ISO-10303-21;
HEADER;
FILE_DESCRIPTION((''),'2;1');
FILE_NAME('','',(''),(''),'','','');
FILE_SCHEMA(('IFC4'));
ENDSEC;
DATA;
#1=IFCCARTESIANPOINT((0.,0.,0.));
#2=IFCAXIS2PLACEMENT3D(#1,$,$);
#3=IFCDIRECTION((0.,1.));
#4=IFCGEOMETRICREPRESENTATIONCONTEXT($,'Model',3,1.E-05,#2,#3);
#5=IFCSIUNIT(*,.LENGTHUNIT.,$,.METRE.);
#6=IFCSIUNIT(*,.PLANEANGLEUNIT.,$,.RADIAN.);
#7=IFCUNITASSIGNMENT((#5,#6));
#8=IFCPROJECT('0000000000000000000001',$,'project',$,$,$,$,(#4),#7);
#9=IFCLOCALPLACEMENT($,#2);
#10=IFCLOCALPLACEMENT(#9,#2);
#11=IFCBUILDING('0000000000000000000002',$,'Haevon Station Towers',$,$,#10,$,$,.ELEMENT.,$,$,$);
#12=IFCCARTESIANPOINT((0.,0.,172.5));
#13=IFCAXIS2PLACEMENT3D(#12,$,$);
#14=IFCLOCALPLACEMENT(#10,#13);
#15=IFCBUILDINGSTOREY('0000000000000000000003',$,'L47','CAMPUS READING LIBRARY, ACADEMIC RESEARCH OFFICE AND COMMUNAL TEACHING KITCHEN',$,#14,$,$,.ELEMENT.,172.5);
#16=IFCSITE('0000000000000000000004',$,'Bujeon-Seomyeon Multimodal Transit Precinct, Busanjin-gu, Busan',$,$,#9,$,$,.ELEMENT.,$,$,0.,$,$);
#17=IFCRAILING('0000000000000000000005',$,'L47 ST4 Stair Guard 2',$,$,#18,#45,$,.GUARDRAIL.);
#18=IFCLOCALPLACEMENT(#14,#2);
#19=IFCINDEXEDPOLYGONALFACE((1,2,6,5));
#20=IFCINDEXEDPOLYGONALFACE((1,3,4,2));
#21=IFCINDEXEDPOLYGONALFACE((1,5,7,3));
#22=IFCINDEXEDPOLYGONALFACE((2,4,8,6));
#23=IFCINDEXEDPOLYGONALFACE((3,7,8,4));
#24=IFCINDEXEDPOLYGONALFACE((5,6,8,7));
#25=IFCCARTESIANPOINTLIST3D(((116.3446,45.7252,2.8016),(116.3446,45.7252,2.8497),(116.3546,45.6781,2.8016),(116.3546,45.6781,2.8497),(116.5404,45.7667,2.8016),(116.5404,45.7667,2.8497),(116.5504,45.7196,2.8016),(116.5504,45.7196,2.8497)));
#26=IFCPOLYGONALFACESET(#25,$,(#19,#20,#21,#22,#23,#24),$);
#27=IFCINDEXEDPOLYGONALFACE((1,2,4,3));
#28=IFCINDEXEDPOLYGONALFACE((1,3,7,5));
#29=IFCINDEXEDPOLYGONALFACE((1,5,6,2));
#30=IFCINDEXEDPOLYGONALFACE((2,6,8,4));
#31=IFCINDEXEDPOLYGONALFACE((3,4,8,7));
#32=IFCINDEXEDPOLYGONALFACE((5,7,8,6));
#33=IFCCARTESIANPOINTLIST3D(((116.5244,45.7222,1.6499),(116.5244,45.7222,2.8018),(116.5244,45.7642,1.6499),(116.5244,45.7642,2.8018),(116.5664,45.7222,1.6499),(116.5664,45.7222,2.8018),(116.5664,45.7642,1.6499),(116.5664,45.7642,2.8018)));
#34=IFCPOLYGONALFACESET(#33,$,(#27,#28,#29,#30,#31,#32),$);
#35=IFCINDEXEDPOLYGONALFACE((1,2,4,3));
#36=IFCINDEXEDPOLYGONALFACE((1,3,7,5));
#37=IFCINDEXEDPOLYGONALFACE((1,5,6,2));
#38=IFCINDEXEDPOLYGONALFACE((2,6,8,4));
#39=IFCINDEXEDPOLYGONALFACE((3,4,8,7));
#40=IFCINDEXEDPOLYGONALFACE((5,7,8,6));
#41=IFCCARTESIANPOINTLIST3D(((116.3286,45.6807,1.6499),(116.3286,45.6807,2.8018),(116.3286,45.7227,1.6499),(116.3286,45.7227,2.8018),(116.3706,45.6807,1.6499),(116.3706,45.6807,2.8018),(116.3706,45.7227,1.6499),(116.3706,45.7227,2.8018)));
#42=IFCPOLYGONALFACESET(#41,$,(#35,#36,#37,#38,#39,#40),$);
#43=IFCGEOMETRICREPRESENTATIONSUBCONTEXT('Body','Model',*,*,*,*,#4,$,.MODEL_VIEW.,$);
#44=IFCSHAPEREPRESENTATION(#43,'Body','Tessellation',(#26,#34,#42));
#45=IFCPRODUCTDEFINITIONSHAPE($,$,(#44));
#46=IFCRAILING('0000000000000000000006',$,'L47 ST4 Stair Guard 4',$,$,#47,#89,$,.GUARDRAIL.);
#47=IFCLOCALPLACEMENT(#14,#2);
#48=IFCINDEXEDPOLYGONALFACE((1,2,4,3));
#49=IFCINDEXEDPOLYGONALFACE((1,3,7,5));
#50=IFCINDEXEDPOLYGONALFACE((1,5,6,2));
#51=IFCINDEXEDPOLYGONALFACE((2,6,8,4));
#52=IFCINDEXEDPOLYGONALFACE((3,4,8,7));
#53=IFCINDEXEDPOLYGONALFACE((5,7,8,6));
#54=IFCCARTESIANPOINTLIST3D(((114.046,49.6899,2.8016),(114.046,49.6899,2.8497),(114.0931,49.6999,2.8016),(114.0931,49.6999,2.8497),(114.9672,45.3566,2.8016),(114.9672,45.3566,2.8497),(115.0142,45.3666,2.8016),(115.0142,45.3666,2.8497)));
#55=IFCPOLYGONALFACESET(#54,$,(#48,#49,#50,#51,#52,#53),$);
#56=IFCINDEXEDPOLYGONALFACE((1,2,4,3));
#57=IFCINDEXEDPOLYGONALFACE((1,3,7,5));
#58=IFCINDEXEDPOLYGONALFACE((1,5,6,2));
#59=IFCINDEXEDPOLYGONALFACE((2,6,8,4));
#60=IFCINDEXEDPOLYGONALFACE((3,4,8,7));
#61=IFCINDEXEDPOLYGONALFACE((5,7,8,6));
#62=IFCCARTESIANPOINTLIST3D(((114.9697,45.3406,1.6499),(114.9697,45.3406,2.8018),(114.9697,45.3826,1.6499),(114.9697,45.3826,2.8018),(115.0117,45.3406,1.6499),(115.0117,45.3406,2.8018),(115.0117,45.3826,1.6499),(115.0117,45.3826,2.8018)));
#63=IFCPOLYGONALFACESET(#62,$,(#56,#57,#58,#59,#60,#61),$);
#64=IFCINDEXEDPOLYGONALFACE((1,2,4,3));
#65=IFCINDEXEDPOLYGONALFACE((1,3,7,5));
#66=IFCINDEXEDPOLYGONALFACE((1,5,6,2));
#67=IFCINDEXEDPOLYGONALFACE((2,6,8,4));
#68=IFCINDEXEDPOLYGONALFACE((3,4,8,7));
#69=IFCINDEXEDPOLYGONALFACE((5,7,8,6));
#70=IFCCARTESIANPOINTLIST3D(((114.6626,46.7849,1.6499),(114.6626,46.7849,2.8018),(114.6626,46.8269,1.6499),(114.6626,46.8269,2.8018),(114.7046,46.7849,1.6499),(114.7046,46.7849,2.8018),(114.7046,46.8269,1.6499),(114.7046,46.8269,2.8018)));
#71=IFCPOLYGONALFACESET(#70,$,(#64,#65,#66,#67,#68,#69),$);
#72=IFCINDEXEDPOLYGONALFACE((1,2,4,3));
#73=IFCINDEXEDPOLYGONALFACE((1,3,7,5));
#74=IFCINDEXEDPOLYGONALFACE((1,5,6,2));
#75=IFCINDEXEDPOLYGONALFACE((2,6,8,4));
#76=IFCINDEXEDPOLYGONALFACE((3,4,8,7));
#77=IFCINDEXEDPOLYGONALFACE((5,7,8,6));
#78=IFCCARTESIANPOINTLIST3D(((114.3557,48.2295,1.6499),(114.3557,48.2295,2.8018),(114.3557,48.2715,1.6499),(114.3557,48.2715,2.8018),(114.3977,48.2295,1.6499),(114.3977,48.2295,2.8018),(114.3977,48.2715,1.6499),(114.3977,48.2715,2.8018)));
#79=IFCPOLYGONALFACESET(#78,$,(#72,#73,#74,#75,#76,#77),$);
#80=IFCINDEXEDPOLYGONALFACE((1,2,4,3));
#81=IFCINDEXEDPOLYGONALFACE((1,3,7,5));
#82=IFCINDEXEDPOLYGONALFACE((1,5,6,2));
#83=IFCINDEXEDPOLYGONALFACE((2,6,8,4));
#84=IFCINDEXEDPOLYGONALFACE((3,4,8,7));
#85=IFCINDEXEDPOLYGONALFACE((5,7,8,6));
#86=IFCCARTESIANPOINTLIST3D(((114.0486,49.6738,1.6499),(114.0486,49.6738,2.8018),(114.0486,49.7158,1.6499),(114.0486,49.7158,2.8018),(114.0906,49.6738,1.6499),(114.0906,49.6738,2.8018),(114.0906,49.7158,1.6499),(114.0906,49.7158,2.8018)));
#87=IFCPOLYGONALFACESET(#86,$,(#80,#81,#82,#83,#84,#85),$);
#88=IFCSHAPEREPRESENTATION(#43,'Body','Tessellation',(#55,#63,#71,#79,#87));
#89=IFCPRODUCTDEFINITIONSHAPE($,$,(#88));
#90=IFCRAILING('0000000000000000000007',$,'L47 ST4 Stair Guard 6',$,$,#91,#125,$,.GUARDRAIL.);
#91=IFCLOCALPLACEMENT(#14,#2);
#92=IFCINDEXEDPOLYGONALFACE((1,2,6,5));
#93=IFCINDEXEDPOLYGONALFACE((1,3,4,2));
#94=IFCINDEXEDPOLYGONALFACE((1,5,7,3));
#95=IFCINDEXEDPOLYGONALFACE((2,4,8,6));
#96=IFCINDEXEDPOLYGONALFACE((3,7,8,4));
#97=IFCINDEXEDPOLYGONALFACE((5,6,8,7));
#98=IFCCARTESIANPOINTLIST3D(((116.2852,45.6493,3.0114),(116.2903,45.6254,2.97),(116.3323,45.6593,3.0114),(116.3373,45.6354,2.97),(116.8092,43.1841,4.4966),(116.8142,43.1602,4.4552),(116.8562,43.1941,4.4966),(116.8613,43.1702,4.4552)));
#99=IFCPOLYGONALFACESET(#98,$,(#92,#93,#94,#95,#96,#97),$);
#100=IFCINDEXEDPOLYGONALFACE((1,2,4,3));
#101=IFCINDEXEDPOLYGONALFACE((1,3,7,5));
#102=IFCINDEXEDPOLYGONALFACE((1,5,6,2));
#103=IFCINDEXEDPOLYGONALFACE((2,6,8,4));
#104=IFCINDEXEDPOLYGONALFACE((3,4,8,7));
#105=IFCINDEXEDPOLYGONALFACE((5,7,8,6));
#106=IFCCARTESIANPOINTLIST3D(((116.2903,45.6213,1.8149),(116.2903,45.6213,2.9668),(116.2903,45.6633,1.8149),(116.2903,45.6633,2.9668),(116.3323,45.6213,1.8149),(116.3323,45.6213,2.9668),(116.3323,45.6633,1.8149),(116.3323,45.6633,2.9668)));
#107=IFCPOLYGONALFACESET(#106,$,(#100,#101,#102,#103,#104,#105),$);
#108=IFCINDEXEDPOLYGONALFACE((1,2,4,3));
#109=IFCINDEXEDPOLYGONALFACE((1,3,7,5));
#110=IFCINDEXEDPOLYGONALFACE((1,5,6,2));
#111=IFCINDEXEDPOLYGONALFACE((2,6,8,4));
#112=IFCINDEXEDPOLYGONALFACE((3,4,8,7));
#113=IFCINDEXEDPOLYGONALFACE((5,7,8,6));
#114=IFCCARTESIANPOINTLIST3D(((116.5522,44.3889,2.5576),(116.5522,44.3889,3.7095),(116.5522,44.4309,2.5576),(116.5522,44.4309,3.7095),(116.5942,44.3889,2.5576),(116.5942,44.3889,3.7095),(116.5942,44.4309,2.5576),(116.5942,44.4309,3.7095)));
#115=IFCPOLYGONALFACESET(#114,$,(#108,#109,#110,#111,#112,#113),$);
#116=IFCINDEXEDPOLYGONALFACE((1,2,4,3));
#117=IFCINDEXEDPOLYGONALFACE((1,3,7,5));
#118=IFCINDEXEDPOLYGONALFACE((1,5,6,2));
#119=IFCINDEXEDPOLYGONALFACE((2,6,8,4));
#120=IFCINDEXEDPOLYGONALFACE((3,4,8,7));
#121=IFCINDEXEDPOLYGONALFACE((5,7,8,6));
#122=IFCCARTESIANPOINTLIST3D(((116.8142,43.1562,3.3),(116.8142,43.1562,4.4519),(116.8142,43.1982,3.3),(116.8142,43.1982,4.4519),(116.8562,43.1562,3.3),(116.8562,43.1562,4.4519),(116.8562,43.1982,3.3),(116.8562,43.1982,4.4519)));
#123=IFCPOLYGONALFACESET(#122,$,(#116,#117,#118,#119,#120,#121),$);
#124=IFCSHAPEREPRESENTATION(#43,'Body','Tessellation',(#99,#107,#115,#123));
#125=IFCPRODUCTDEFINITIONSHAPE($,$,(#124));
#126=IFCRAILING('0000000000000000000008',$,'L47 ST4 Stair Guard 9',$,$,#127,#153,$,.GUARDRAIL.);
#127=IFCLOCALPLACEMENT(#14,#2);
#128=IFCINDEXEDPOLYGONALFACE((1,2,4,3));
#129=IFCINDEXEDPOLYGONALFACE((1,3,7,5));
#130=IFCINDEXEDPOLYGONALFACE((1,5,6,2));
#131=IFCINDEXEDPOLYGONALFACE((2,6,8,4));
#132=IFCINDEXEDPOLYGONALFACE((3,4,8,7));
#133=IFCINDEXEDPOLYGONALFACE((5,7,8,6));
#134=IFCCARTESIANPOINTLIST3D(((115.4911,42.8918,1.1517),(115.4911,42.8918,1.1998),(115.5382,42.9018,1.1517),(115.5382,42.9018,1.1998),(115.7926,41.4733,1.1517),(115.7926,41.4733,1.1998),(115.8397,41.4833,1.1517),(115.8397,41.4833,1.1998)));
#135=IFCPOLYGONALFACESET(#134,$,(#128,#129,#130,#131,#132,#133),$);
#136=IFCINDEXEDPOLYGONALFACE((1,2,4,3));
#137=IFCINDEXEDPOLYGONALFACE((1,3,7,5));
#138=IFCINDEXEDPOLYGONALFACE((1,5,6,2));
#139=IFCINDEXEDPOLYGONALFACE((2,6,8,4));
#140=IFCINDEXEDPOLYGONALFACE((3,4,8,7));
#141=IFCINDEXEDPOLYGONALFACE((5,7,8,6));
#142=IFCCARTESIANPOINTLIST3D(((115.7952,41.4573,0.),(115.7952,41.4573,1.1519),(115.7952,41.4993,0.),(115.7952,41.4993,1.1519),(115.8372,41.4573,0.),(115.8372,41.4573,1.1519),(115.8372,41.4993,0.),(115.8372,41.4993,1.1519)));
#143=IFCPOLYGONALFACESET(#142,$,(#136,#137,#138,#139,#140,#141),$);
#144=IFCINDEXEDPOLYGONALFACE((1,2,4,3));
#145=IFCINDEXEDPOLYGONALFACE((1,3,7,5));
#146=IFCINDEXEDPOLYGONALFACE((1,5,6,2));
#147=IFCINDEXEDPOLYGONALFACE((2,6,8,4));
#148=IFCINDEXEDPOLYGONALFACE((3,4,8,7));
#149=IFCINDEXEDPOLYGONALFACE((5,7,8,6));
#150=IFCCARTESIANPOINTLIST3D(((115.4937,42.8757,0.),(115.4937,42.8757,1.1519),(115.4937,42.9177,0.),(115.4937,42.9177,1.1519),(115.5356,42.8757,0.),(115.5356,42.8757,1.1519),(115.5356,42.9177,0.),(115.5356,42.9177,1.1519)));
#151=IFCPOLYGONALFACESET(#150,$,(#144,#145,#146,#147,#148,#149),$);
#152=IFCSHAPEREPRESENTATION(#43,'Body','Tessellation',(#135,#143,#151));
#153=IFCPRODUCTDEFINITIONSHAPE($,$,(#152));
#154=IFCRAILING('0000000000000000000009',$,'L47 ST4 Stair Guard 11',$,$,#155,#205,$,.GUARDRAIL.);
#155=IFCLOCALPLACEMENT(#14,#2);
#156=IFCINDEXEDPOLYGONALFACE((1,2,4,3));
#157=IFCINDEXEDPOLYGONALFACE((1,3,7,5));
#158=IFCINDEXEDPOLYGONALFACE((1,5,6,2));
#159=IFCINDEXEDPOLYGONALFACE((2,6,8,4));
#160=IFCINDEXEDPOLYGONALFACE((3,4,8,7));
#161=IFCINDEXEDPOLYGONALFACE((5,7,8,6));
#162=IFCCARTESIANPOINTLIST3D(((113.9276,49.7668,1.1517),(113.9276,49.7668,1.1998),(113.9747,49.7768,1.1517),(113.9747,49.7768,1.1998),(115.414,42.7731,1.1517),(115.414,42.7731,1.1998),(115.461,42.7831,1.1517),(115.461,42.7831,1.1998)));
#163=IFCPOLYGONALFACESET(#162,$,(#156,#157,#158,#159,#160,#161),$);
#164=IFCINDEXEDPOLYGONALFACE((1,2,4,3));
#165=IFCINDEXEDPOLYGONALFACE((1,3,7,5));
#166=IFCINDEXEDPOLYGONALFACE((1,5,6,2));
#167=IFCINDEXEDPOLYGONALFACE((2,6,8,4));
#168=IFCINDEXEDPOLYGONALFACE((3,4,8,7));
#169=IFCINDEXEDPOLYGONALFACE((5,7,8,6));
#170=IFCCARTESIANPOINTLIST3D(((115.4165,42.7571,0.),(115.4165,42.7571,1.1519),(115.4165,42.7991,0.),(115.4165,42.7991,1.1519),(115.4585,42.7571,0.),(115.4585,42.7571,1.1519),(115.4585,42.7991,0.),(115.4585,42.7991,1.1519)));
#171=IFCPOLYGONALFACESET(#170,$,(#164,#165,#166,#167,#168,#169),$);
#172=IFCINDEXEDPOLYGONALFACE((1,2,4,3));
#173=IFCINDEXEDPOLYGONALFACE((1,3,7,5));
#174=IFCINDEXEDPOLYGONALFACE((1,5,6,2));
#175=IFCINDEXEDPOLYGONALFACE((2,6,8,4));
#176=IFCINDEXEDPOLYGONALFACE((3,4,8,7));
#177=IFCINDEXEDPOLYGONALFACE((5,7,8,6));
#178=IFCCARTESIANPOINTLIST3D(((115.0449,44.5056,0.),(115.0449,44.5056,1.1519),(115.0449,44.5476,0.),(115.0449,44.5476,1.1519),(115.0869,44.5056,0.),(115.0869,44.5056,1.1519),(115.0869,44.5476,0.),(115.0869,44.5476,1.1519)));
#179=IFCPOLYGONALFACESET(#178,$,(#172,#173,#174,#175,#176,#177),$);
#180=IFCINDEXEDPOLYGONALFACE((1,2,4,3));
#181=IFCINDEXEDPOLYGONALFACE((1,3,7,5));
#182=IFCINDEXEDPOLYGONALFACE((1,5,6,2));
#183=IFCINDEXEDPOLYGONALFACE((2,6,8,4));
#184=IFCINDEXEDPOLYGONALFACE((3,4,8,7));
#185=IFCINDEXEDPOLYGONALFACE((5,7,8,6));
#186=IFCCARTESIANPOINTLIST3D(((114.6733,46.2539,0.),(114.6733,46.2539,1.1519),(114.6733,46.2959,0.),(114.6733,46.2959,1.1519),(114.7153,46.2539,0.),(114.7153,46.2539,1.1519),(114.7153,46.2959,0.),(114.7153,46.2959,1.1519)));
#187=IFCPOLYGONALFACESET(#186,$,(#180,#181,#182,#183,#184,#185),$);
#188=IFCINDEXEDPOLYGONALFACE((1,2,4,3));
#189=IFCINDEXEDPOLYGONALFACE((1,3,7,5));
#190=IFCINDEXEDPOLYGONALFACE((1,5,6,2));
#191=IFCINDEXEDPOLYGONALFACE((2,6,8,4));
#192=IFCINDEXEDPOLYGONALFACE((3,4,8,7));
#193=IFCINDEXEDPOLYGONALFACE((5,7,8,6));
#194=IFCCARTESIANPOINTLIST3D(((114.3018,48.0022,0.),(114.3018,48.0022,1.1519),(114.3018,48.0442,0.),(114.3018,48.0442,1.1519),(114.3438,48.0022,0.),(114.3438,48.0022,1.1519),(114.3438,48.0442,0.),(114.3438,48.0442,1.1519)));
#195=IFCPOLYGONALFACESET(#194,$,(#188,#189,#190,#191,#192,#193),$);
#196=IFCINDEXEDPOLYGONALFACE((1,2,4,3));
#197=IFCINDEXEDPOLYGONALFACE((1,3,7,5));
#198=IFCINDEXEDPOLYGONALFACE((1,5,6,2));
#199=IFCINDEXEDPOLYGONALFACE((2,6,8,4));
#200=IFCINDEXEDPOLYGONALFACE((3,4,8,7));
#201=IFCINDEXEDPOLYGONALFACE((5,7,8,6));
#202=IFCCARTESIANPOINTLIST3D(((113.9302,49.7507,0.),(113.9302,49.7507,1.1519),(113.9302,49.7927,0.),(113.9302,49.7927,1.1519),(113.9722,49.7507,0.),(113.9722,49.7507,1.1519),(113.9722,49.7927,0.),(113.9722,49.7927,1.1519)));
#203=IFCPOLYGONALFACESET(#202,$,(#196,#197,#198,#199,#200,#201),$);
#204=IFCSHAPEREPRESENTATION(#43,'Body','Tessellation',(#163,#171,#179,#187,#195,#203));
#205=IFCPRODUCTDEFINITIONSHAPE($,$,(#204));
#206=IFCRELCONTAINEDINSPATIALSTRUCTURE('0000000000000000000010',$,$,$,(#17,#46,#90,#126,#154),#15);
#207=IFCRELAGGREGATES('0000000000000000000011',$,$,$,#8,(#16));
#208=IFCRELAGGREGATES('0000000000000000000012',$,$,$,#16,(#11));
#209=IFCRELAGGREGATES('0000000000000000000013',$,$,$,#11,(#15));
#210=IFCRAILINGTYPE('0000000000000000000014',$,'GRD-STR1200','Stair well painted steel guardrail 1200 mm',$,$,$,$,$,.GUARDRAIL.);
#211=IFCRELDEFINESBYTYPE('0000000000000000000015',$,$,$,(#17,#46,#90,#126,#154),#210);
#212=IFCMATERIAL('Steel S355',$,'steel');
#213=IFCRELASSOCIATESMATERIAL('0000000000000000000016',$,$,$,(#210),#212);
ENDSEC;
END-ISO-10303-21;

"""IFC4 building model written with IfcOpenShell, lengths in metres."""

from ifc_helpers import new_model, si_unit, direction, frame, origin, origin_2d, place, context, subcontext, project, spatial, rectangle, extrude, material, type_object, element, save


model = new_model("IFC4")

# Units and contexts
model_context = context("Model", 3, precision=1e-05, world=origin(), true_north=direction((0.0, 1.0)))
body_context = subcontext(model_context, "Body", "Model", "MODEL_VIEW")
ifc_project = project(units=[si_unit("LENGTHUNIT", "METRE"), si_unit("PLANEANGLEUNIT", "RADIAN")], contexts=[model_context])

# Site, building, storey
site_placement = place(None, origin())
site = spatial("IfcSite", under=ifc_project, at=site_placement, Name="Bujeon-Seomyeon Multimodal Transit Precinct, Busanjin-gu, Busan", CompositionType="ELEMENT", RefElevation=0.0)
building_placement = place(site_placement, origin())
building = spatial("IfcBuilding", under=site, at=building_placement, Name="Haevon Station Towers", CompositionType="ELEMENT")
storey_placement = place(building_placement, frame((0.0, 0.0, 172.5)))
storey = spatial("IfcBuildingStorey", under=building, at=storey_placement, Name="L47", Description="CAMPUS READING LIBRARY, ACADEMIC RESEARCH OFFICE AND COMMUNAL TEACHING KITCHEN", CompositionType="ELEMENT", Elevation=172.5)

# Shared definitions
ifc_material_1 = material(Name="Steel S355", Category="steel")

# Railings
railing_type_1 = type_object("IfcRailingType", Name="GRD-STR1200", Description="Stair well painted steel guardrail 1200 mm", PredefinedType="GUARDRAIL", material=ifc_material_1)
railing_1_placement = place(storey_placement, frame((116.5454, 45.7432, 1.6499)))
element("IfcRailing", 1, at=railing_1_placement, inside=storey, type_object=railing_type_1, Name="L47 ST4 Stair Guard 2", PredefinedType="GUARDRAIL", context=body_context, shape_type="SweptSolid", body=[
    extrude(rectangle(XDim=0.0481, YDim=0.0481, at=origin_2d()), frame((0.0, 0.0, 1.1758), z_axis=(-0.978264, -0.207363, 0.0), x_axis=(0.207363, -0.978264, 0.0)), (0.0, 0.0, 1.0), 0.2002),
    extrude(rectangle(XDim=0.042, YDim=0.042, at=origin_2d()), origin(), (0.0, 0.0, 1.0), 1.1519),
    extrude(rectangle(XDim=0.042, YDim=0.042, at=origin_2d()), frame((-0.1958, -0.0415, 0.0)), (0.0, 0.0, 1.0), 1.1519),
])
railing_2_placement = place(storey_placement, frame((114.9907, 45.3616, 1.6499)))
element("IfcRailing", 2, at=railing_2_placement, inside=storey, type_object=railing_type_1, Name="L47 ST4 Stair Guard 4", PredefinedType="GUARDRAIL", context=body_context, shape_type="SweptSolid", body=[
    extrude(rectangle(XDim=0.0481, YDim=0.0481, at=origin_2d()), frame((0.0, 0.0, 1.1758), z_axis=(-0.207929, 0.978144, 0.0), x_axis=(-0.978144, -0.207929, 0.0)), (0.0, 0.0, 1.0), 4.4302),
    extrude(rectangle(XDim=0.042, YDim=0.042, at=origin_2d()), origin(), (0.0, 0.0, 1.0), 1.1519),
    extrude(rectangle(XDim=0.042, YDim=0.042, at=origin_2d()), frame((-0.3071, 1.4443, 0.0)), (0.0, 0.0, 1.0), 1.1519),
    extrude(rectangle(XDim=0.042, YDim=0.042, at=origin_2d()), frame((-0.614, 2.8889, 0.0)), (0.0, 0.0, 1.0), 1.1519),
    extrude(rectangle(XDim=0.042, YDim=0.042, at=origin_2d()), frame((-0.9211, 4.3333, 0.0)), (0.0, 0.0, 1.0), 1.1519),
])
railing_3_placement = place(storey_placement, frame((116.3113, 45.6423, 1.8149)))
element("IfcRailing", 3, at=railing_3_placement, inside=storey, type_object=railing_type_1, Name="L47 ST4 Stair Guard 6", PredefinedType="GUARDRAIL", context=body_context, shape_type="SweptSolid", body=[
    extrude(rectangle(XDim=0.0481, YDim=0.0481, at=origin_2d()), frame((0.0, 0.0, 1.1758), z_axis=(0.179109, -0.842712, 0.507697), x_axis=(0.978151, 0.207895, 0.0)), (0.0, 0.0, 1.0), 2.9253),
    extrude(rectangle(XDim=0.042, YDim=0.042, at=origin_2d()), origin(), (0.0, 0.0, 1.0), 1.1519),
    extrude(rectangle(XDim=0.042, YDim=0.042, at=origin_2d()), frame((0.262, -1.2324, 0.7427)), (0.0, 0.0, 1.0), 1.1519),
    extrude(rectangle(XDim=0.042, YDim=0.042, at=origin_2d()), frame((0.5239, -2.4651, 1.4851)), (0.0, 0.0, 1.0), 1.1519),
])
railing_4_placement = place(storey_placement, frame((115.8162, 41.4783, 0.0)))
element("IfcRailing", 4, at=railing_4_placement, inside=storey, type_object=railing_type_1, Name="L47 ST4 Stair Guard 9", PredefinedType="GUARDRAIL", context=body_context, shape_type="SweptSolid", body=[
    extrude(rectangle(XDim=0.0481, YDim=0.0481, at=origin_2d()), frame((0.0, 0.0, 1.1758), z_axis=(-0.207919, 0.978146, 0.0), x_axis=(-0.978146, -0.207919, 0.0)), (0.0, 0.0, 1.0), 1.4502),
    extrude(rectangle(XDim=0.042, YDim=0.042, at=origin_2d()), origin(), (0.0, 0.0, 1.0), 1.1519),
    extrude(rectangle(XDim=0.042, YDim=0.042, at=origin_2d()), frame((-0.3015, 1.4185, 0.0)), (0.0, 0.0, 1.0), 1.1519),
])
railing_5_placement = place(storey_placement, frame((115.4375, 42.7781, 0.0)))
element("IfcRailing", 5, at=railing_5_placement, inside=storey, type_object=railing_type_1, Name="L47 ST4 Stair Guard 11", PredefinedType="GUARDRAIL", context=body_context, shape_type="SweptSolid", body=[
    extrude(rectangle(XDim=0.0481, YDim=0.0481, at=origin_2d()), frame((0.0, 0.0, 1.1758), z_axis=(-0.207882, 0.978154, 0.0), x_axis=(-0.978154, -0.207882, 0.0)), (0.0, 0.0, 1.0), 7.1499),
    extrude(rectangle(XDim=0.042, YDim=0.042, at=origin_2d()), origin(), (0.0, 0.0, 1.0), 1.1519),
    extrude(rectangle(XDim=0.042, YDim=0.042, at=origin_2d()), frame((-0.3716, 1.7485, 0.0)), (0.0, 0.0, 1.0), 1.1519),
    extrude(rectangle(XDim=0.042, YDim=0.042, at=origin_2d()), frame((-0.7432, 3.4968, 0.0)), (0.0, 0.0, 1.0), 1.1519),
    extrude(rectangle(XDim=0.042, YDim=0.042, at=origin_2d()), frame((-1.1147, 5.2451, 0.0)), (0.0, 0.0, 1.0), 1.1519),
    extrude(rectangle(XDim=0.042, YDim=0.042, at=origin_2d()), frame((-1.4863, 6.9937, 0.0)), (0.0, 0.0, 1.0), 1.1519),
])

save(model, "model.ifc")
